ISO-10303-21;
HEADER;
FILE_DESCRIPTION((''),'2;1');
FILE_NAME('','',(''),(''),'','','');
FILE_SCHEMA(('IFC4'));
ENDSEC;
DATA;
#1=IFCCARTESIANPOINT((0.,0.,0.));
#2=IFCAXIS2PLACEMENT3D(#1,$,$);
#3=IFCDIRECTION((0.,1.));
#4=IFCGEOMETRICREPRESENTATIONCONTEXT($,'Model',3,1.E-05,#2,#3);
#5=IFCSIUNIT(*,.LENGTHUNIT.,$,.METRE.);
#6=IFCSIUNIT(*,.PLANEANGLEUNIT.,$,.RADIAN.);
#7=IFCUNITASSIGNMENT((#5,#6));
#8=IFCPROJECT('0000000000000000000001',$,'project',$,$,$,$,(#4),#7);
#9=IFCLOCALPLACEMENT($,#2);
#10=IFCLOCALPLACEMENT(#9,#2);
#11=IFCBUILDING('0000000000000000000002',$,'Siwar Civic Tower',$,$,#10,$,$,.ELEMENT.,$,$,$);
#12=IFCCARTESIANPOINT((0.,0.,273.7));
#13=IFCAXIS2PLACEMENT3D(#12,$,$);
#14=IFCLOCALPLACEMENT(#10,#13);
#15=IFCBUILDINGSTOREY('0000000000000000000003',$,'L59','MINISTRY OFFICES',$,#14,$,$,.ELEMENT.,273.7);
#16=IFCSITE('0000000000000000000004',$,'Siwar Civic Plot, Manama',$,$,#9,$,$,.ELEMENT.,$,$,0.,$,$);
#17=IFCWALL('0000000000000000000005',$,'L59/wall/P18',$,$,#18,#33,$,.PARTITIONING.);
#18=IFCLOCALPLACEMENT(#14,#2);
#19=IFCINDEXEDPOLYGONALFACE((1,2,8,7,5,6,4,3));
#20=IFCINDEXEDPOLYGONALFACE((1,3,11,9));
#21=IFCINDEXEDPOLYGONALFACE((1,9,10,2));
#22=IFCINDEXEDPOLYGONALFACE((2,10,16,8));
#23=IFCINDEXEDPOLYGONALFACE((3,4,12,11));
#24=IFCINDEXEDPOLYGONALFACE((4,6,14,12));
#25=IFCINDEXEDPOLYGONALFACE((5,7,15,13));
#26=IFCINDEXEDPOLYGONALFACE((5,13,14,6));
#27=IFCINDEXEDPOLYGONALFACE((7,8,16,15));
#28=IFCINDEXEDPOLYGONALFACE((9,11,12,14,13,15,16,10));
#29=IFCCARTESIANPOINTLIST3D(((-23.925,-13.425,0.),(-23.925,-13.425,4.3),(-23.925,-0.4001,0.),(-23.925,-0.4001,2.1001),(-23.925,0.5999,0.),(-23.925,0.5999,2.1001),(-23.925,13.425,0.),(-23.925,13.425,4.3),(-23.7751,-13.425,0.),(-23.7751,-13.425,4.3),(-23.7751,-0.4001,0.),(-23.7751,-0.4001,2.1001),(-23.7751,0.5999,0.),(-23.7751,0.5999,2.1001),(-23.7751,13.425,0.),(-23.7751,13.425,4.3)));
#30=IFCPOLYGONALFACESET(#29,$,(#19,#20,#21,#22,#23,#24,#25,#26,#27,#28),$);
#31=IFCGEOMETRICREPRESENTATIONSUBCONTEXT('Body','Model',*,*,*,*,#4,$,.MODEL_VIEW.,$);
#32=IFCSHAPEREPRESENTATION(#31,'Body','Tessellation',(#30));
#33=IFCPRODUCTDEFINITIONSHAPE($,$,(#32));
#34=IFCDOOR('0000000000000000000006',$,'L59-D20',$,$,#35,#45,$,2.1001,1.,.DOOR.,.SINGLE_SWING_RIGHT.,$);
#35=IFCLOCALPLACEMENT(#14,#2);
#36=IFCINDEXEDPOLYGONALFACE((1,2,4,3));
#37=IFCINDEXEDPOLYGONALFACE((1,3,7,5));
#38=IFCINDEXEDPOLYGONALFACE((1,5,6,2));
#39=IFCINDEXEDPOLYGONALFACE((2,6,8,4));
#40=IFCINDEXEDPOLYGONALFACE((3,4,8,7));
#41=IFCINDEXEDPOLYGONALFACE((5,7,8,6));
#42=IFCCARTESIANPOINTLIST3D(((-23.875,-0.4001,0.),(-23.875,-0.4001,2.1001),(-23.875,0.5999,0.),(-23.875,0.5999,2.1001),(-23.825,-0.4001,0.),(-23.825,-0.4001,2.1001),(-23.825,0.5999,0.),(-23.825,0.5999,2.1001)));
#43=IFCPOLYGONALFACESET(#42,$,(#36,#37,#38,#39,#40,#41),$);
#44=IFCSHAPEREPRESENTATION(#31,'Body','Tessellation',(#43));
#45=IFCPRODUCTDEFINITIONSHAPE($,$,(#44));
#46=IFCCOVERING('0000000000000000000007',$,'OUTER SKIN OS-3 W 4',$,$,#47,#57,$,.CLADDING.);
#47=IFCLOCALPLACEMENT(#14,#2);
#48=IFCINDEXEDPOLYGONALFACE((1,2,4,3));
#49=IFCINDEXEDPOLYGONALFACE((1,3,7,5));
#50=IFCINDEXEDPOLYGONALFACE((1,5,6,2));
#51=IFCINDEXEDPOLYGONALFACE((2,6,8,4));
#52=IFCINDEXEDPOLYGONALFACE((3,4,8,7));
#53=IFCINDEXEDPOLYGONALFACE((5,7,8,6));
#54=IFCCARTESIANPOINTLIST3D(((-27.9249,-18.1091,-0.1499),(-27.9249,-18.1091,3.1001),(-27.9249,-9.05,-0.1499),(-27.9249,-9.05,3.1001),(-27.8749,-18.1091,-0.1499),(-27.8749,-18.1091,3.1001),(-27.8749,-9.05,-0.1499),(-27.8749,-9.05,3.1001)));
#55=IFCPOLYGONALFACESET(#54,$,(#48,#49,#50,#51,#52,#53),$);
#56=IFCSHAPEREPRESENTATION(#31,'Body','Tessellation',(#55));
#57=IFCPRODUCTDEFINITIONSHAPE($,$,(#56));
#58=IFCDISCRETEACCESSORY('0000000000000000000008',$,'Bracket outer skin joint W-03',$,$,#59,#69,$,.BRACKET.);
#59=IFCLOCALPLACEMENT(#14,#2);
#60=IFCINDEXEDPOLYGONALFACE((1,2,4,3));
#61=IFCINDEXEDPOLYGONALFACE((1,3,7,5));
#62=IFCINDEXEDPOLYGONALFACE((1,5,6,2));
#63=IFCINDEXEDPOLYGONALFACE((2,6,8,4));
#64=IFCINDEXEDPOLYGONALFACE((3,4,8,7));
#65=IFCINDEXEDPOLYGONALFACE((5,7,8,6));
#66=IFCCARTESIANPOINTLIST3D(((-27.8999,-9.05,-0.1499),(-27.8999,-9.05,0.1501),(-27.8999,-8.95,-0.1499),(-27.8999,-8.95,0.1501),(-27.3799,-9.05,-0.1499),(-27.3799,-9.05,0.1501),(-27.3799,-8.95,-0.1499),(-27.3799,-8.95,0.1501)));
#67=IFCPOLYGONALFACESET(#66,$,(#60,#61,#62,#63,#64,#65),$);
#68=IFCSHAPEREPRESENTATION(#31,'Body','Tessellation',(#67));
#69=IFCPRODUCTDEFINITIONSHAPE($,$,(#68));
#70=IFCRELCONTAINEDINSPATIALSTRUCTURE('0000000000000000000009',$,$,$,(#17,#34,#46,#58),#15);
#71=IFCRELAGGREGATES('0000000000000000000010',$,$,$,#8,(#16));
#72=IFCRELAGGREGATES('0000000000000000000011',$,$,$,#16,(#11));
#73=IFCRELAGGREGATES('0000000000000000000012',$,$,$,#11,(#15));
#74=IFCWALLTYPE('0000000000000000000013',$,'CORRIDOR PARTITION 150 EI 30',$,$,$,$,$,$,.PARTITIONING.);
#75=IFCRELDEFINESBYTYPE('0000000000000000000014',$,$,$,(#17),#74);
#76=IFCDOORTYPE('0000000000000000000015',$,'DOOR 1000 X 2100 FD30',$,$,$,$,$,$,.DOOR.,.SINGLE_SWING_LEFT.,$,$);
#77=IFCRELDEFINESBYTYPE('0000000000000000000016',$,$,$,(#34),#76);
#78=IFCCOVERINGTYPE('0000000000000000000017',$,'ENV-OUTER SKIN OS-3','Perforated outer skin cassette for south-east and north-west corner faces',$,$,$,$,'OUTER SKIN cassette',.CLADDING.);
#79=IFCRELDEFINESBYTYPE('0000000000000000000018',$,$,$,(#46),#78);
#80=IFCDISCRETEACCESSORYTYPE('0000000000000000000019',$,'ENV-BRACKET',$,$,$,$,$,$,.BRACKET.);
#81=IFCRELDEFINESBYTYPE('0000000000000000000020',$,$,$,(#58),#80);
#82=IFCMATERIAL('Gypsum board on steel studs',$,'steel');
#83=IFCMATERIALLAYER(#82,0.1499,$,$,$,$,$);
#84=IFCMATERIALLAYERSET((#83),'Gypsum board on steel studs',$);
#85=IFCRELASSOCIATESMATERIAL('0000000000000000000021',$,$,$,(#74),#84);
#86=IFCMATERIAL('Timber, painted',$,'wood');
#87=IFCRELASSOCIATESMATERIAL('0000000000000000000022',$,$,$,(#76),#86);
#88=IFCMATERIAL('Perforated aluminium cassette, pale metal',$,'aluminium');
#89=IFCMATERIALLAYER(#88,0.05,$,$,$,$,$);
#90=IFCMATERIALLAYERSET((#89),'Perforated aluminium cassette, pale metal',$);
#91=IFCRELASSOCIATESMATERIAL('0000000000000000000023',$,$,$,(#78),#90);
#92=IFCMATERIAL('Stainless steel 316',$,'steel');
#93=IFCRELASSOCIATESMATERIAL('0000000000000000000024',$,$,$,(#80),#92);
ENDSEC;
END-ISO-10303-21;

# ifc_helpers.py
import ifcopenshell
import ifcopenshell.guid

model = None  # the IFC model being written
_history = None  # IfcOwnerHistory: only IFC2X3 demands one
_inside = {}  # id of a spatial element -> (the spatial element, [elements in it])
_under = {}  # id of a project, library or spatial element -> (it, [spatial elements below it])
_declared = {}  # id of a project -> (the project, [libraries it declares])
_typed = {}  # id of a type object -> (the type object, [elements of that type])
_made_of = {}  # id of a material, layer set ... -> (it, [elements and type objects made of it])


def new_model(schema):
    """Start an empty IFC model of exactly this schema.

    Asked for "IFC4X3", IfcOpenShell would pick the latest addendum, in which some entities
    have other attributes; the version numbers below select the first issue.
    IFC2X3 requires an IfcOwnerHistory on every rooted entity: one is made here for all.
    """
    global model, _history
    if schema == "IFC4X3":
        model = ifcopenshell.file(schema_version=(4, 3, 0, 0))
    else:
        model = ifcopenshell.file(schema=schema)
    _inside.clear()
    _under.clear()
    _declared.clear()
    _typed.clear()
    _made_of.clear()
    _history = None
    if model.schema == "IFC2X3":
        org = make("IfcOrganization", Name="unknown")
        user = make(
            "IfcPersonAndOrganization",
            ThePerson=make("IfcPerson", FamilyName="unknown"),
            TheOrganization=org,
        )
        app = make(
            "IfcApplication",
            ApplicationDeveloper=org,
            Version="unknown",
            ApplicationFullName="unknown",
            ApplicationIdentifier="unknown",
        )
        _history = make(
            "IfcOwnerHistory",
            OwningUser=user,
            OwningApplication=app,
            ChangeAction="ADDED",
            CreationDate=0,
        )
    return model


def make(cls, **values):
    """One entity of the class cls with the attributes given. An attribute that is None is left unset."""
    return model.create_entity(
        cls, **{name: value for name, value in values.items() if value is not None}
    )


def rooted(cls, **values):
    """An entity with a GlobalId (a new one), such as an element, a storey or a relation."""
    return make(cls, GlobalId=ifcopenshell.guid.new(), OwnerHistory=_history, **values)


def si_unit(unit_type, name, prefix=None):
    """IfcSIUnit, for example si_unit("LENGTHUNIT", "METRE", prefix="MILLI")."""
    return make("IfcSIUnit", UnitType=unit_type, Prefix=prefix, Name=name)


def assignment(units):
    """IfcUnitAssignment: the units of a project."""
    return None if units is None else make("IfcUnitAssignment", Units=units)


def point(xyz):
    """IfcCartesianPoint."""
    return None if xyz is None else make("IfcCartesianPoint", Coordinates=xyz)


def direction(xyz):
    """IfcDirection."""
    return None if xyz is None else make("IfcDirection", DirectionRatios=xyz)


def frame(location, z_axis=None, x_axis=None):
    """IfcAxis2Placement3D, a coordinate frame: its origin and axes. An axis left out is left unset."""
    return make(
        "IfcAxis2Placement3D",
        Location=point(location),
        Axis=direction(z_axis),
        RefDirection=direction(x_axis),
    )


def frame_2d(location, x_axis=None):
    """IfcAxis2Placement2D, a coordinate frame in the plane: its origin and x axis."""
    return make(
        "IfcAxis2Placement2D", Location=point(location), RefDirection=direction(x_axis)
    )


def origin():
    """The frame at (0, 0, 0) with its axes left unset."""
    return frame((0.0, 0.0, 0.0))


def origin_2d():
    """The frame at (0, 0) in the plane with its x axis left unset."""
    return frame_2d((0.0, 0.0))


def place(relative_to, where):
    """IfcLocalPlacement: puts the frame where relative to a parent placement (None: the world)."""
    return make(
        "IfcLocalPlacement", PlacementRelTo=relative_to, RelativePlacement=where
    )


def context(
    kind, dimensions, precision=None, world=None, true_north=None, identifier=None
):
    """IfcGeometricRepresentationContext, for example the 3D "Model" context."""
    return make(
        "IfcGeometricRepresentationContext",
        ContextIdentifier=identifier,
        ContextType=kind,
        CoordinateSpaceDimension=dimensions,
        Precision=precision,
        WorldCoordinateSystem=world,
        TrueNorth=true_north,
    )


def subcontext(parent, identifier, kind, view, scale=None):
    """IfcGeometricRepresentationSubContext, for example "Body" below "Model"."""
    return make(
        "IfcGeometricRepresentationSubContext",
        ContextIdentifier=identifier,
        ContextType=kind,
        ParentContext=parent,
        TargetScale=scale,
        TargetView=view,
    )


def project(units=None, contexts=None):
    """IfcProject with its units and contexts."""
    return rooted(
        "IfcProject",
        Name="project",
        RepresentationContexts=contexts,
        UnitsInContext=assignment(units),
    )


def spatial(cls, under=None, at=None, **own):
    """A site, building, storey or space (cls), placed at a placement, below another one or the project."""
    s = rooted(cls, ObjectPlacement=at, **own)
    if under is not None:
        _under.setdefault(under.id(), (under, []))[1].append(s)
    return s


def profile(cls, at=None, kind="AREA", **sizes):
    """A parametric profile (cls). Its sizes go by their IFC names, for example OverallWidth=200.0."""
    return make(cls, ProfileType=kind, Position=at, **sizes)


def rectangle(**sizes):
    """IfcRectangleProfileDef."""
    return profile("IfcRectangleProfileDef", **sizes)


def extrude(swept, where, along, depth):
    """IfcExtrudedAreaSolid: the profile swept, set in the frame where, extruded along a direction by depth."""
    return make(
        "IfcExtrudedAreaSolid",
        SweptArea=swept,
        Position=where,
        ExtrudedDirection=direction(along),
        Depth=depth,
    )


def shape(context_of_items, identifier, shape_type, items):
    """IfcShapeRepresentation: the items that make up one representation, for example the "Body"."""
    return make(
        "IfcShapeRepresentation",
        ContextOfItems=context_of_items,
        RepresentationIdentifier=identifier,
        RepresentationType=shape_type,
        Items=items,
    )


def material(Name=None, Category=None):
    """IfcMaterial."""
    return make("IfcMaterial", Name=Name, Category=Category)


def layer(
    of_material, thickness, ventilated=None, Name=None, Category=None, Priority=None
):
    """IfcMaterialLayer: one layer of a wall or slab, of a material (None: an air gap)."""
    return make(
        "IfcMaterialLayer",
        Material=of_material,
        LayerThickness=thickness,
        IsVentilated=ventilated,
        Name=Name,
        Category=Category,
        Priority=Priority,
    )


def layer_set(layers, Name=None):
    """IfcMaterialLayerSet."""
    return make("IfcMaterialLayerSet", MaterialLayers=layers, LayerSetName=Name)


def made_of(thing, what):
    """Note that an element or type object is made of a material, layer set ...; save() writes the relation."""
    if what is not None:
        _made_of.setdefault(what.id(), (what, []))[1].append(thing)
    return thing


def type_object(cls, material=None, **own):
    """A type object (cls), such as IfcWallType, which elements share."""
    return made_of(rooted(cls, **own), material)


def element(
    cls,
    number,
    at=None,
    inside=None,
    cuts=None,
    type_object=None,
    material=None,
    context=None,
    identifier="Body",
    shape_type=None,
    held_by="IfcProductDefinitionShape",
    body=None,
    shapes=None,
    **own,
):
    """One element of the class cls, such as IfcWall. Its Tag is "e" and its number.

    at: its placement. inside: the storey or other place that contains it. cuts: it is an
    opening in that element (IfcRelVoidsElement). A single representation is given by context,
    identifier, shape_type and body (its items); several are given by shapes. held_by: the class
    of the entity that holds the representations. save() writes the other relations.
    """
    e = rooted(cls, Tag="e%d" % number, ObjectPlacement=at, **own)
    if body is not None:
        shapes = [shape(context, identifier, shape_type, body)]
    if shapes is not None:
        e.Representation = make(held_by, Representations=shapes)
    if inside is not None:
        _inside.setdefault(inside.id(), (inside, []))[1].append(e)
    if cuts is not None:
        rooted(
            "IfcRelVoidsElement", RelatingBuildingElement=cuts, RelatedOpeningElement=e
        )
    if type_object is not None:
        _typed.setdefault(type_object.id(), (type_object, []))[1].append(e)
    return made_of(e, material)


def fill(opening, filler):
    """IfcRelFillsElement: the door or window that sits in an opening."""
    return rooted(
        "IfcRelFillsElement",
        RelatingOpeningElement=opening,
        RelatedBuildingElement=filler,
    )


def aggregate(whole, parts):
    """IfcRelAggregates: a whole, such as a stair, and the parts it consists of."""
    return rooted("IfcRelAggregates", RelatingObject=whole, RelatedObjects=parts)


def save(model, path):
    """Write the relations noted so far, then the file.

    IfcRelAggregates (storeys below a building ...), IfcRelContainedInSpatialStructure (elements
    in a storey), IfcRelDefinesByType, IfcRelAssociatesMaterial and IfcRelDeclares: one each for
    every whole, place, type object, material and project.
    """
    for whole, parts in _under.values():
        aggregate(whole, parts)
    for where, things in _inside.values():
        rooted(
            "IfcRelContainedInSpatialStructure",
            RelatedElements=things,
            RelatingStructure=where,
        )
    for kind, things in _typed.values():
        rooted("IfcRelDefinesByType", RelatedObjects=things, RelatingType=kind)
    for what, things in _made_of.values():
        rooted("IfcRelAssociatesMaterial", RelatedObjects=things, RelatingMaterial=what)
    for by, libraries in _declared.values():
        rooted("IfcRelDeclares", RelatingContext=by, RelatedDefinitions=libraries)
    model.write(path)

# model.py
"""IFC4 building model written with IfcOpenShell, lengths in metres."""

from ifc_helpers import new_model, si_unit, direction, frame, frame_2d, origin, origin_2d, place, context, subcontext, project, spatial, rectangle, extrude, material, layer, layer_set, type_object, element, fill, save


model = new_model("IFC4")

# Units and contexts
model_context = context("Model", 3, precision=1e-05, world=origin(), true_north=direction((0.0, 1.0)))
body_context = subcontext(model_context, "Body", "Model", "MODEL_VIEW")
ifc_project = project(units=[si_unit("LENGTHUNIT", "METRE"), si_unit("PLANEANGLEUNIT", "RADIAN")], contexts=[model_context])

# Site, building, storey
site_placement = place(None, origin())
site = spatial("IfcSite", under=ifc_project, at=site_placement, Name="Siwar Civic Plot, Manama", CompositionType="ELEMENT", RefElevation=0.0)
building_placement = place(site_placement, origin())
building = spatial("IfcBuilding", under=site, at=building_placement, Name="Siwar Civic Tower", CompositionType="ELEMENT")
storey_placement = place(building_placement, frame((0.0, 0.0, 273.7)))
storey = spatial("IfcBuildingStorey", under=building, at=storey_placement, Name="L59", Description="MINISTRY OFFICES", CompositionType="ELEMENT", Elevation=273.7)

# Shared definitions
ifc_material_1 = material(Name="Gypsum board on steel studs", Category="steel")
ifc_layer_1 = layer(ifc_material_1, 0.1499)
ifc_layer_set_1 = layer_set([ifc_layer_1], Name="Gypsum board on steel studs")
wall_type_1 = type_object("IfcWallType", Name="CORRIDOR PARTITION 150 EI 30", PredefinedType="PARTITIONING", material=ifc_layer_set_1)
ifc_material_2 = material(Name="Timber, painted", Category="wood")
door_type_1 = type_object("IfcDoorType", Name="DOOR 1000 X 2100 FD30", OperationType="SINGLE_SWING_LEFT", PredefinedType="DOOR", material=ifc_material_2)

# Wall, opening, door
wall_1_placement = place(storey_placement, frame((-23.8501, -13.425, 0.0), z_axis=(0.0, 0.0, 1.0), x_axis=(0.0, 1.0, 0.0)))
wall_1 = element("IfcWall", 1, at=wall_1_placement, inside=storey, type_object=wall_type_1, Name="L59/wall/P18", PredefinedType="PARTITIONING", context=body_context, shape_type="SweptSolid", body=[
    extrude(rectangle(XDim=26.8501, YDim=0.1499, at=frame_2d((13.425, 0.0))), origin(), (0.0, 0.0, 1.0), 4.3),
])
opening_1_placement = place(wall_1_placement, frame((13.0249, 0.0, 0.0)))
opening_1 = element("IfcOpeningElement", 2, at=opening_1_placement, cuts=wall_1, PredefinedType="OPENING", context=body_context, shape_type="SweptSolid", body=[
    extrude(rectangle(XDim=1.0, YDim=2.1001, at=frame_2d((0.5, 1.05))), frame((0.0, 0.085, 0.0), z_axis=(0.0, -1.0, 0.0), x_axis=(1.0, 0.0, 0.0)), (0.0, 0.0, 1.0), 0.1699),
])
door_1_placement = place(opening_1_placement, origin())
door_1 = element("IfcDoor", 3, at=door_1_placement, inside=storey, type_object=door_type_1, Name="L59-D20", OperationType="SINGLE_SWING_RIGHT", OverallHeight=2.1001, OverallWidth=1.0, PredefinedType="DOOR", context=body_context, shape_type="SweptSolid", body=[
    extrude(rectangle(XDim=1.0, YDim=2.1001, at=frame_2d((0.5, 1.05))), frame((0.0, 0.0249, 0.0), z_axis=(0.0, -1.0, 0.0), x_axis=(1.0, 0.0, 0.0)), (0.0, 0.0, 1.0), 0.05),
])
fill(opening_1, door_1)

# Covering
ifc_material_3 = material(Name="Perforated aluminium cassette, pale metal", Category="aluminium")
ifc_layer_2 = layer(ifc_material_3, 0.05)
ifc_layer_set_2 = layer_set([ifc_layer_2], Name="Perforated aluminium cassette, pale metal")
covering_type = type_object("IfcCoveringType", Name="ENV-OUTER SKIN OS-3", Description="Perforated outer skin cassette for south-east and north-west corner faces", ElementType="OUTER SKIN cassette", PredefinedType="CLADDING", material=ifc_layer_set_2)
covering_placement = place(storey_placement, frame((-27.8999, -13.5796, -0.1499), z_axis=(0.0, 0.0, 1.0), x_axis=(0.0, -1.0, 0.0)))
element("IfcCovering", 4, at=covering_placement, inside=storey, type_object=covering_type, Name="OUTER SKIN OS-3 W 4", PredefinedType="CLADDING", context=body_context, shape_type="SweptSolid", body=[
    extrude(rectangle(XDim=9.0591, YDim=0.05, at=origin_2d()), origin(), (0.0, 0.0, 1.0), 3.25),
])

# Discrete accessory
ifc_material_4 = material(Name="Stainless steel 316", Category="steel")
discrete_accessory_type = type_object("IfcDiscreteAccessoryType", Name="ENV-BRACKET", PredefinedType="BRACKET", material=ifc_material_4)
discrete_accessory_placement = place(storey_placement, frame((-27.6399, -9.0, -0.1499), z_axis=(0.0, 0.0, 1.0), x_axis=(-1.0, 0.0, 0.0)))
element("IfcDiscreteAccessory", 5, at=discrete_accessory_placement, inside=storey, type_object=discrete_accessory_type, Name="Bracket outer skin joint W-03", PredefinedType="BRACKET", context=body_context, shape_type="SweptSolid", body=[
    extrude(rectangle(XDim=0.52, YDim=0.1001, at=origin_2d()), origin(), (0.0, 0.0, 1.0), 0.3),
])

save(model, "model.ifc")
